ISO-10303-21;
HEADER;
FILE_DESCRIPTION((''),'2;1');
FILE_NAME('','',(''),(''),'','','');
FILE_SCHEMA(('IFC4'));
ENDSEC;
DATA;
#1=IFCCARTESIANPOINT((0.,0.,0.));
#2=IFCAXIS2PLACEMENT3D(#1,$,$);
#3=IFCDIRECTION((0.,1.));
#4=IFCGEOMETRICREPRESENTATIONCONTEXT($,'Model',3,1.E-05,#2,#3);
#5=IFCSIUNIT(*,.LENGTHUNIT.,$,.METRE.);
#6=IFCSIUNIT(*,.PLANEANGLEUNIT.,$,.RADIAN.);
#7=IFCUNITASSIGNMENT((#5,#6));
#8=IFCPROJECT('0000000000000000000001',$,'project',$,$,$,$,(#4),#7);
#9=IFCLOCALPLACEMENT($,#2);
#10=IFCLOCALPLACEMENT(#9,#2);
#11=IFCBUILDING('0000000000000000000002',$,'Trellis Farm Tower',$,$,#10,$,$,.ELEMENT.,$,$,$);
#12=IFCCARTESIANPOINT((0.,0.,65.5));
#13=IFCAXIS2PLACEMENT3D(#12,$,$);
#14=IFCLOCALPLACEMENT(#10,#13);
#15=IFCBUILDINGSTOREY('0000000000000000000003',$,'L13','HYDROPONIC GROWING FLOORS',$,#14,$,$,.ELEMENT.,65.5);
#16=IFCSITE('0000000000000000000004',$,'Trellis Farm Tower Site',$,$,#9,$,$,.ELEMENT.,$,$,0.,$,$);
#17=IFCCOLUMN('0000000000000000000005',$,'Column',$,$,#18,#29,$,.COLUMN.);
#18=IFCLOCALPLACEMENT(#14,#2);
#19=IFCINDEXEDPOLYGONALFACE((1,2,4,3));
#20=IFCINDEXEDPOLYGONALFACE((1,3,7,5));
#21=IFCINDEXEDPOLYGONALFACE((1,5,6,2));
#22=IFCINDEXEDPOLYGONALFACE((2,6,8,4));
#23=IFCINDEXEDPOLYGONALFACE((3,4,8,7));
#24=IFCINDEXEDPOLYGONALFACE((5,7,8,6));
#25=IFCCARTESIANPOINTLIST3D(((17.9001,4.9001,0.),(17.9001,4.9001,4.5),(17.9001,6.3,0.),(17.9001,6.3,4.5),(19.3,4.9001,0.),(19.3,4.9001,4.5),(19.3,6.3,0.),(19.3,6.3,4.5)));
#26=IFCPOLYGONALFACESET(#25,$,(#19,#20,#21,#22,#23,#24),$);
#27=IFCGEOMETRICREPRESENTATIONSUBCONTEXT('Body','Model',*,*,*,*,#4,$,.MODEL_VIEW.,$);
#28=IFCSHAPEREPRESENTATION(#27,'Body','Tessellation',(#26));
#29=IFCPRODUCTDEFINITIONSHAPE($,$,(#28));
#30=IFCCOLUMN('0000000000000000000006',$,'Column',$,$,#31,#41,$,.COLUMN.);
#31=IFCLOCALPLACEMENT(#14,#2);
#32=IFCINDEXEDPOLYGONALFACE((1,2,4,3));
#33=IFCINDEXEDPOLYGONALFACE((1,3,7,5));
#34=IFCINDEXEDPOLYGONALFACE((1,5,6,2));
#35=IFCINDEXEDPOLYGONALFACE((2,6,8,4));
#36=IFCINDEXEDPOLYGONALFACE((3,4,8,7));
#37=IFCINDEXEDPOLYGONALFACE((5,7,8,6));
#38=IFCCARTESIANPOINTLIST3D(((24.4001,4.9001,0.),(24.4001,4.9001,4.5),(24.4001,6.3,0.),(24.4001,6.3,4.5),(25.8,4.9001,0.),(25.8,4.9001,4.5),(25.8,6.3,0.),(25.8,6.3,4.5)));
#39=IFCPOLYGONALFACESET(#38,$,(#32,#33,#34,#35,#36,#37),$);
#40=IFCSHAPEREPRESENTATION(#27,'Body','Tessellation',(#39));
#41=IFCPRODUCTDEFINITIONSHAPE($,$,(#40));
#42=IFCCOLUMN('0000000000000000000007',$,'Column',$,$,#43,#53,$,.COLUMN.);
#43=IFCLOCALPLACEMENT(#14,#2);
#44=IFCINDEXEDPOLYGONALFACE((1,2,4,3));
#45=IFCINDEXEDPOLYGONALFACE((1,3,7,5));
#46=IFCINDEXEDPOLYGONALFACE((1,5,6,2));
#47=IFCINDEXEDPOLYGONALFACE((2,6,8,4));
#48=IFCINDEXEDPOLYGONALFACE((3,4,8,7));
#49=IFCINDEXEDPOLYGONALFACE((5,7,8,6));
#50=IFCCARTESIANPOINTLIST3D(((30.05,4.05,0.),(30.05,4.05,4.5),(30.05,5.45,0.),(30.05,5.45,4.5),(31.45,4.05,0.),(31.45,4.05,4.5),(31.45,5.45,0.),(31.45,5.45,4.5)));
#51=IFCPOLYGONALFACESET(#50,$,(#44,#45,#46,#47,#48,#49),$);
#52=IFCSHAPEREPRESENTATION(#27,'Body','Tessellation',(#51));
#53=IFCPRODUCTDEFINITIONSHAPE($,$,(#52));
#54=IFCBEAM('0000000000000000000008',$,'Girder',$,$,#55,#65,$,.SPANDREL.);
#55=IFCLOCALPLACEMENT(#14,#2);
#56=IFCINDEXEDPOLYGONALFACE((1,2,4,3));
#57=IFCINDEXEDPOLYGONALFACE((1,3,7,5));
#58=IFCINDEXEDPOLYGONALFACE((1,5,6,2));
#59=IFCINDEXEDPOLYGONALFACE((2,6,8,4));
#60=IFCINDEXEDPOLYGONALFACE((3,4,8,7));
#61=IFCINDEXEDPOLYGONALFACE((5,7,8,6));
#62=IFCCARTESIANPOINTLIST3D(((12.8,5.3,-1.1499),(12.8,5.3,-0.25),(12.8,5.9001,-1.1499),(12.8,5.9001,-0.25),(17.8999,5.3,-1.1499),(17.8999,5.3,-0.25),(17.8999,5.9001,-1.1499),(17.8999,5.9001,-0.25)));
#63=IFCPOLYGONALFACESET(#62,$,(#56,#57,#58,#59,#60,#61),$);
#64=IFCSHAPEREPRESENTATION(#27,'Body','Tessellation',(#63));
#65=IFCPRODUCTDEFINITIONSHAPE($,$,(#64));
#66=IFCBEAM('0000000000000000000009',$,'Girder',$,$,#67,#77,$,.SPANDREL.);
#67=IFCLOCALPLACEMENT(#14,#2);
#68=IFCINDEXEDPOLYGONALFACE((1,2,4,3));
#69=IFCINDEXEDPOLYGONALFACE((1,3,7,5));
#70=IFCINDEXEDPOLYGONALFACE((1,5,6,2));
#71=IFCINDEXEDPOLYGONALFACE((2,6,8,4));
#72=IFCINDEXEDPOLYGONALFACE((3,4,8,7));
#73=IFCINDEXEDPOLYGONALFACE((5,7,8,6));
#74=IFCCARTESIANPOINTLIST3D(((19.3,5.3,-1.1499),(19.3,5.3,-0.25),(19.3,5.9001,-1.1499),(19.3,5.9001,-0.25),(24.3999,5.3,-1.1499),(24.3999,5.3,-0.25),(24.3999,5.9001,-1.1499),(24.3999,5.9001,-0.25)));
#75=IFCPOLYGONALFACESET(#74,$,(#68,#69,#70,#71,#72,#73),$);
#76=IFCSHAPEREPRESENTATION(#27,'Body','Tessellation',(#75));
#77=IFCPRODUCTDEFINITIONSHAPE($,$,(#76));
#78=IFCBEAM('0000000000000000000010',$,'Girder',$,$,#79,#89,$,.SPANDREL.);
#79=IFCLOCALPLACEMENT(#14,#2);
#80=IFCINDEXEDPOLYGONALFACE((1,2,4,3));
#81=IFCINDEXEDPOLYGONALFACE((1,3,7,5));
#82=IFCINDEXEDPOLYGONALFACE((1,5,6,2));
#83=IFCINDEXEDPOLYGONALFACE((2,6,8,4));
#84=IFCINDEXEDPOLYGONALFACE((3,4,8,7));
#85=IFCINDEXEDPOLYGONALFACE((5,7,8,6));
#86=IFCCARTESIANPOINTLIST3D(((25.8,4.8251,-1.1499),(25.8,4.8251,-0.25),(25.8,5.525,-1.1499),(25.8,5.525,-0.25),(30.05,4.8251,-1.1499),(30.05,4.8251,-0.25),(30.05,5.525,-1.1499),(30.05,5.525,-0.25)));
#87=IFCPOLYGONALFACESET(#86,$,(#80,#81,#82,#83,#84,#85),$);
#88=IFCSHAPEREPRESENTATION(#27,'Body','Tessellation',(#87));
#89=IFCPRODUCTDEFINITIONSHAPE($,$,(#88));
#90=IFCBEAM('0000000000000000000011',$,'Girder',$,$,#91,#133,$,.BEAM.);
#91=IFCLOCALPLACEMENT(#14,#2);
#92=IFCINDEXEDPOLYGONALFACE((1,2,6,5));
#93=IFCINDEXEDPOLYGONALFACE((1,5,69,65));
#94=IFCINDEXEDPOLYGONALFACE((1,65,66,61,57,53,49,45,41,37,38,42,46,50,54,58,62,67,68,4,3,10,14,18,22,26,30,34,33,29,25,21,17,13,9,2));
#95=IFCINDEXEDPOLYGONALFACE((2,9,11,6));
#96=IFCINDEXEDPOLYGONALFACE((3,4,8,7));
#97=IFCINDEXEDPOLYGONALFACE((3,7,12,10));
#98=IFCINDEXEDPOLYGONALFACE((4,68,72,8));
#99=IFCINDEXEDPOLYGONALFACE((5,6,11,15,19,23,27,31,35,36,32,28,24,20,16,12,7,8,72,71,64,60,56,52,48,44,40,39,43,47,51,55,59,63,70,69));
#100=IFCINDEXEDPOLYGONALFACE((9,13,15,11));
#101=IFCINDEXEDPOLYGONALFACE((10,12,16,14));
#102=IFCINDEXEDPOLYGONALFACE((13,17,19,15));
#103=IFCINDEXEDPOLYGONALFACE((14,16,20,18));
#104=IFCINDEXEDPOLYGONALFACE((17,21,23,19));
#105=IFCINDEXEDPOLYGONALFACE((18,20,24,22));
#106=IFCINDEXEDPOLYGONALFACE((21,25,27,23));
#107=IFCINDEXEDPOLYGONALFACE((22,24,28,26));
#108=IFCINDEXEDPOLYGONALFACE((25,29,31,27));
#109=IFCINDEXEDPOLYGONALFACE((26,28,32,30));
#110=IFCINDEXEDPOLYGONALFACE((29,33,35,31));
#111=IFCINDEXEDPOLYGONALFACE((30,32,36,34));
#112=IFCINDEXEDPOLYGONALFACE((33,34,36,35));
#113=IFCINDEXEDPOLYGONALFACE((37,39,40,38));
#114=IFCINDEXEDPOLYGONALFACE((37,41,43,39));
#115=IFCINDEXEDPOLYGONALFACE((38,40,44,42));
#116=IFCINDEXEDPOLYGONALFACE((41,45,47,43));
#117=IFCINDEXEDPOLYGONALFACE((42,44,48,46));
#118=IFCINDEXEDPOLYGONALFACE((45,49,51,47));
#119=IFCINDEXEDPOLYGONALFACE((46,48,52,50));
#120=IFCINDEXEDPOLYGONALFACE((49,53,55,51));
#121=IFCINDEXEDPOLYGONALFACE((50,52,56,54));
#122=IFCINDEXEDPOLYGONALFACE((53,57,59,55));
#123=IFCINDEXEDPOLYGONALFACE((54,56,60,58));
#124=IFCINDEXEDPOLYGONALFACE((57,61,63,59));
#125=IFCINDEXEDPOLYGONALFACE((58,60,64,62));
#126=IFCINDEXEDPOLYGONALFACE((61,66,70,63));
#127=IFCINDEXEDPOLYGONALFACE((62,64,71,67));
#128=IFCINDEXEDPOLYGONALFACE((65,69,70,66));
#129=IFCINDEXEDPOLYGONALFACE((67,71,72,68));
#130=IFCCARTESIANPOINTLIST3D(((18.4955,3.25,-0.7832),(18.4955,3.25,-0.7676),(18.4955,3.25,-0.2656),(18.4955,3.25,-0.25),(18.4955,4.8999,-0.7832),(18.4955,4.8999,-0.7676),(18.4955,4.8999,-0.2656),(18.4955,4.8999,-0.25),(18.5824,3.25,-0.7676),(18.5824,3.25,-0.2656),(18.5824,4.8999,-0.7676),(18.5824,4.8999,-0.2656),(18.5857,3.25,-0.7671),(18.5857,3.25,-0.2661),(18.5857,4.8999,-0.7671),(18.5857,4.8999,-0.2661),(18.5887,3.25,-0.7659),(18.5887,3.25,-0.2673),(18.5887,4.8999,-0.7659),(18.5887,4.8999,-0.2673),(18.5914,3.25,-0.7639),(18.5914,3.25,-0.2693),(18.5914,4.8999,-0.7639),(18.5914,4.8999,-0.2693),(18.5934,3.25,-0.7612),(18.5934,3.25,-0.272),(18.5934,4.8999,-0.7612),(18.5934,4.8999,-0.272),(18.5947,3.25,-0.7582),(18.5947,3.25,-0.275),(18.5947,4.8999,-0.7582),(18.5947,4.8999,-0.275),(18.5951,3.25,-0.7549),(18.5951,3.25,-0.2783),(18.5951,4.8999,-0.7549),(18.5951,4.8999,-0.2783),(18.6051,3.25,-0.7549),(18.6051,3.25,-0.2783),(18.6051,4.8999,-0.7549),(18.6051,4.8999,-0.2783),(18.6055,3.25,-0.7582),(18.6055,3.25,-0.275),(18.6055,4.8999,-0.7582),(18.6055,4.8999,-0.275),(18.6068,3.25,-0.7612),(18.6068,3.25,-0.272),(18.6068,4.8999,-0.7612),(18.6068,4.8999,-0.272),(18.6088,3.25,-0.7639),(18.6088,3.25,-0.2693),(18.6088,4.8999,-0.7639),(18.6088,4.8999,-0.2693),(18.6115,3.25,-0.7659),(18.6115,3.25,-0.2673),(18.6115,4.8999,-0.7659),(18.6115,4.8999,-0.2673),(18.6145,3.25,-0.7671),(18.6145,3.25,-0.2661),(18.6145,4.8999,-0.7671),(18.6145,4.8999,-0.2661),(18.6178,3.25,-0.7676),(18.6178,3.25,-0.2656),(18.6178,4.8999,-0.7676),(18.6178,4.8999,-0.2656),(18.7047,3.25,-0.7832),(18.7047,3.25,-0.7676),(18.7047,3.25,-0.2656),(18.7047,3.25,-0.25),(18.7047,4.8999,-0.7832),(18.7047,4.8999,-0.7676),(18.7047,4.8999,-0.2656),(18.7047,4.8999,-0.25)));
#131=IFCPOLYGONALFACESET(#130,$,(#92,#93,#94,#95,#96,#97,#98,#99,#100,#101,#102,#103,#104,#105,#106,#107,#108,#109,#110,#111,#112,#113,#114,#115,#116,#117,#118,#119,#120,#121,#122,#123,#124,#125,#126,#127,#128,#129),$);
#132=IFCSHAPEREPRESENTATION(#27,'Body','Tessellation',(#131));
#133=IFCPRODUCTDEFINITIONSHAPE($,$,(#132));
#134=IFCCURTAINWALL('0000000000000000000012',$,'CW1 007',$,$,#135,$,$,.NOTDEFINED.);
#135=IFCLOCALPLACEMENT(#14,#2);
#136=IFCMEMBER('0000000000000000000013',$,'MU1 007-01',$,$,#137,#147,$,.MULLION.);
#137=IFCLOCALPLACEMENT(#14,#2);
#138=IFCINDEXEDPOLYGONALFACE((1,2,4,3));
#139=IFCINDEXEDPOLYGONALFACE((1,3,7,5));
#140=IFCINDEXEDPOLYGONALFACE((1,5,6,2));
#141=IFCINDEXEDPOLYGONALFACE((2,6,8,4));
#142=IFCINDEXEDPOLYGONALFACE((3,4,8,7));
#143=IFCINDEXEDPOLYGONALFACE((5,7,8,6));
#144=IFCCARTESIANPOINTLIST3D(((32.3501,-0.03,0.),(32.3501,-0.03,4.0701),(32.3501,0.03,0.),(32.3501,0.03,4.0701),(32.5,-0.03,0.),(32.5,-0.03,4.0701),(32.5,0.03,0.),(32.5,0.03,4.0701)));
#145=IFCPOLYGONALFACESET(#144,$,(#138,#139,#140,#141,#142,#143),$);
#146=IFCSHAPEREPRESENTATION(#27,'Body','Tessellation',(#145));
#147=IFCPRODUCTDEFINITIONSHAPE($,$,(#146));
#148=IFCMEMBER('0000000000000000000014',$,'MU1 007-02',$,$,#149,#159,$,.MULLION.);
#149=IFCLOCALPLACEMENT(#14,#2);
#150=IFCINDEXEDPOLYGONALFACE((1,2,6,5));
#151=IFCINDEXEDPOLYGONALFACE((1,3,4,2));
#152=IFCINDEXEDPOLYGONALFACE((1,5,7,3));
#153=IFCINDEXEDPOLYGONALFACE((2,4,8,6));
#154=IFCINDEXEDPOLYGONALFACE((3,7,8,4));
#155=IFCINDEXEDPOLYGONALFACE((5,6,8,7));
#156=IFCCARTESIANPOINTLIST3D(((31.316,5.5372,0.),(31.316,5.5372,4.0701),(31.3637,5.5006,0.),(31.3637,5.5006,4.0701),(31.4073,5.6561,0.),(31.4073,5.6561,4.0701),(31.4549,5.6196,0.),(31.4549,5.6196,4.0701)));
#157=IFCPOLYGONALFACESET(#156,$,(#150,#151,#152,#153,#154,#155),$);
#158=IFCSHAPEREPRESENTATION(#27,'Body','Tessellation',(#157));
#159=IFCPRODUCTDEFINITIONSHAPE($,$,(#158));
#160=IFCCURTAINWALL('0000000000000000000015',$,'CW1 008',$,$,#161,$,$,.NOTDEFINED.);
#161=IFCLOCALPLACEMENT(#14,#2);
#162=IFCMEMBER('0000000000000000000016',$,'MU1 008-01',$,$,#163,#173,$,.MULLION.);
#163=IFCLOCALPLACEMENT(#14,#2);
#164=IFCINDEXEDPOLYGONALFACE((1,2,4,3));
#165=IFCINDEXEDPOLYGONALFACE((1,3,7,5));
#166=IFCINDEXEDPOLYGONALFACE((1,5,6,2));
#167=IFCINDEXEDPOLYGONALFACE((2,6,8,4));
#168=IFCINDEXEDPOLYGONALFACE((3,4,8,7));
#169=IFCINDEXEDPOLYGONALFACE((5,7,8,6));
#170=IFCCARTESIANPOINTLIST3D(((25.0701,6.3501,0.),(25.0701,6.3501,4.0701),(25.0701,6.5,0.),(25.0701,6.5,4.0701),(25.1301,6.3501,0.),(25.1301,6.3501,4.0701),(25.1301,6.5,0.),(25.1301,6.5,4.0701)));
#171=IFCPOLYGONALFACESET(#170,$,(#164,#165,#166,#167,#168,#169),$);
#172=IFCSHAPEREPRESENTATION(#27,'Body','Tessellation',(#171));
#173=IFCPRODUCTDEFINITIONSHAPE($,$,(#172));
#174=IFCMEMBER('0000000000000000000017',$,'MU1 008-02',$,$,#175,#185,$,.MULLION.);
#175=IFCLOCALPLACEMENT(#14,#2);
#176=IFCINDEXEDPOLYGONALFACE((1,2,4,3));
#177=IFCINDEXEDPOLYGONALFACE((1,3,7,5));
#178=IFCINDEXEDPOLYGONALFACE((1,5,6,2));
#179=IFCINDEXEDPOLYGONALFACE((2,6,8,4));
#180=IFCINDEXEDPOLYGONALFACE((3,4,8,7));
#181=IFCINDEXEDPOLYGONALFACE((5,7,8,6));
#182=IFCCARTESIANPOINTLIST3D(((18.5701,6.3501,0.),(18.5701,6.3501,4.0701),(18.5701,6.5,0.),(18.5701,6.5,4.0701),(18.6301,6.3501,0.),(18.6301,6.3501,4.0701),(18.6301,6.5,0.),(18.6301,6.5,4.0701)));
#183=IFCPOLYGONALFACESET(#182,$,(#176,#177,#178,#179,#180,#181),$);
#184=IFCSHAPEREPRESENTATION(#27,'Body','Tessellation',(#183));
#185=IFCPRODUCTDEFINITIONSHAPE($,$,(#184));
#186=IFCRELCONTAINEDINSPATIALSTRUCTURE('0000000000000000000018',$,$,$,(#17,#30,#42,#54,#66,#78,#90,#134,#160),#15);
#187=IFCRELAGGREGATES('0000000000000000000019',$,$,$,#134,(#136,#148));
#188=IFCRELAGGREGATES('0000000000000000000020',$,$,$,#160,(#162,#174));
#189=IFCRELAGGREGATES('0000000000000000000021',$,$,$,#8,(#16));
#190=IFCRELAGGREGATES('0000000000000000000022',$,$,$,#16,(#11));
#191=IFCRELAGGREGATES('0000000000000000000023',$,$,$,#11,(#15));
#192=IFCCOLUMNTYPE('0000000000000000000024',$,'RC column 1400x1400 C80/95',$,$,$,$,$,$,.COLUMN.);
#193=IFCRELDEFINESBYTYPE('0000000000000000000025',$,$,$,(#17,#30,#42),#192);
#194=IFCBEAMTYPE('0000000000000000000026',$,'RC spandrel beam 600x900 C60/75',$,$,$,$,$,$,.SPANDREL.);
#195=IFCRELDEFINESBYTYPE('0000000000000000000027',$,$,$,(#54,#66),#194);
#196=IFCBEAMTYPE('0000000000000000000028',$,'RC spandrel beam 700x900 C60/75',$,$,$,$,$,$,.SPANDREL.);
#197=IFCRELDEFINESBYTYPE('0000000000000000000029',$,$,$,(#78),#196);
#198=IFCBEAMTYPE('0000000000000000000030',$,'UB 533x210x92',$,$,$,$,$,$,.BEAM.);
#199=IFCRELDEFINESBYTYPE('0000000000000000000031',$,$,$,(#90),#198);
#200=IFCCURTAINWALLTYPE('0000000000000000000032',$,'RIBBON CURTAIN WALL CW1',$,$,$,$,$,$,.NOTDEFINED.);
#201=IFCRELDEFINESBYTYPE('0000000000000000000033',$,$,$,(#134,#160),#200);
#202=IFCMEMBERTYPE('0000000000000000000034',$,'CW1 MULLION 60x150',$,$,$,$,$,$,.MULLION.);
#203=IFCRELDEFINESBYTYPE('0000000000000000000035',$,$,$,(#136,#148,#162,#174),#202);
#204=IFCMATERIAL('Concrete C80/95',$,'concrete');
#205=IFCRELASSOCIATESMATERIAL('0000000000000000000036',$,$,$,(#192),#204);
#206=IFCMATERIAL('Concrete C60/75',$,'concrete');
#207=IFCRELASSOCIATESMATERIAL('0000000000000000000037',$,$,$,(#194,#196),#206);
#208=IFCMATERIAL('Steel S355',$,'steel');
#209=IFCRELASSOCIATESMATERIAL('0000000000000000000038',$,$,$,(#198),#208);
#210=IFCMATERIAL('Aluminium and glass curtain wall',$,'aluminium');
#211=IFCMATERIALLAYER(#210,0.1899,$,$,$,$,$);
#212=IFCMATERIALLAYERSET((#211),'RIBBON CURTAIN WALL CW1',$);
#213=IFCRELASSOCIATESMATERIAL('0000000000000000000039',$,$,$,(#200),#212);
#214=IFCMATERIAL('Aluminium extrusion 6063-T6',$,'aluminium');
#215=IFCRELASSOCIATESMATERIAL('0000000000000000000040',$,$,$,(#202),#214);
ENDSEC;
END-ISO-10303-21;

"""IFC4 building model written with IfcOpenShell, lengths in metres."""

from ifc_helpers import new_model, si_unit, direction, frame, origin, origin_2d, place, context, subcontext, project, spatial, rectangle, i_section, extrude, source, transform, mapped, material, layer, layer_set, material_profile, profile_set, type_object, element, aggregate, save


model = new_model("IFC4")

# Units and contexts
model_context = context("Model", 3, precision=1e-05, world=origin(), true_north=direction((0.0, 1.0)))
body_context = subcontext(model_context, "Body", "Model", "MODEL_VIEW")
ifc_project = project(units=[si_unit("LENGTHUNIT", "METRE"), si_unit("PLANEANGLEUNIT", "RADIAN")], contexts=[model_context])

# Site, building, storey
site_placement = place(None, origin())
site = spatial("IfcSite", under=ifc_project, at=site_placement, Name="Trellis Farm Tower Site", CompositionType="ELEMENT", RefElevation=0.0)
building_placement = place(site_placement, origin())
building = spatial("IfcBuilding", under=site, at=building_placement, Name="Trellis Farm Tower", CompositionType="ELEMENT")
storey_placement = place(building_placement, frame((0.0, 0.0, 65.5)))
storey = spatial("IfcBuildingStorey", under=building, at=storey_placement, Name="L13", Description="HYDROPONIC GROWING FLOORS", CompositionType="ELEMENT", Elevation=65.5)

# Columns
ifc_material_1 = material(Name="Concrete C80/95", Category="concrete")
ifc_material_profile_1 = material_profile(ifc_material_1, rectangle(XDim=1.3999, YDim=1.3999, at=origin_2d()), Name="RC column 1400x1400 C80/95")
ifc_profile_set_1 = profile_set([ifc_material_profile_1], Name="Concrete C80/95")
column_type = type_object("IfcColumnType", Name="RC column 1400x1400 C80/95", PredefinedType="COLUMN", material=ifc_profile_set_1)
shared_shape_1 = source(origin(), body_context, "Body", "SweptSolid", [
    extrude(rectangle(XDim=1.3999, YDim=1.3999, at=origin_2d()), origin(), (0.0, 0.0, 1.0), 4.5),
])
for number, where, z_axis, x_axis, name in (
    (1, (18.6001, 5.6001, 0.0), (0.0, 0.0, 1.0), (1.0, 0.0, 0.0), "Column"),
    (2, (25.1001, 5.6001, 0.0), (0.0, 0.0, 1.0), (1.0, 0.0, 0.0), "Column"),
    (3, (30.75, 4.75, 0.0), (0.0, 0.0, 1.0), (1.0, 0.0, 0.0), "Column"),
):
    element("IfcColumn", number, at=place(storey_placement, frame(where, z_axis=z_axis, x_axis=x_axis)), inside=storey, type_object=column_type, Name=name, PredefinedType="COLUMN", context=body_context, shape_type="MappedRepresentation", body=[
        mapped(shared_shape_1, transform((0.0, 0.0, 0.0))),
    ])

# Beams
ifc_material_2 = material(Name="Concrete C60/75", Category="concrete")
ifc_material_profile_2 = material_profile(ifc_material_2, rectangle(XDim=0.6001, YDim=0.8999, at=origin_2d()), Name="RC spandrel beam 600x900 C60/75")
ifc_profile_set_2 = profile_set([ifc_material_profile_2], Name="Concrete C60/75")
beam_type_1 = type_object("IfcBeamType", Name="RC spandrel beam 600x900 C60/75", PredefinedType="SPANDREL", material=ifc_profile_set_2)
shared_shape_2 = source(origin(), body_context, "Body", "SweptSolid", [
    extrude(rectangle(XDim=0.6001, YDim=0.8999, at=origin_2d()), origin(), (0.0, 0.0, 1.0), 5.0999),
])
for number, where, z_axis, x_axis, name in (
    (4, (12.8, 5.6001, -0.7), (1.0, 0.0, 0.0), (0.0, 1.0, 0.0), "Girder"),
    (5, (19.3, 5.6001, -0.7), (1.0, 0.0, 0.0), (0.0, 1.0, 0.0), "Girder"),
):
    element("IfcBeam", number, at=place(storey_placement, frame(where, z_axis=z_axis, x_axis=x_axis)), inside=storey, type_object=beam_type_1, Name=name, PredefinedType="SPANDREL", context=body_context, shape_type="MappedRepresentation", body=[
        mapped(shared_shape_2, transform((0.0, 0.0, 0.0))),
    ])
ifc_material_profile_3 = material_profile(ifc_material_2, rectangle(XDim=0.7, YDim=0.8999, at=origin_2d()), Name="RC spandrel beam 700x900 C60/75")
ifc_profile_set_3 = profile_set([ifc_material_profile_3], Name="Concrete C60/75")
beam_type_2 = type_object("IfcBeamType", Name="RC spandrel beam 700x900 C60/75", PredefinedType="SPANDREL", material=ifc_profile_set_3)
shared_shape_3 = source(origin(), body_context, "Body", "SweptSolid", [
    extrude(rectangle(XDim=0.7, YDim=0.8999, at=origin_2d()), origin(), (0.0, 0.0, 1.0), 4.25),
])
beam_1_placement = place(storey_placement, frame((25.8, 5.175, -0.7), z_axis=(1.0, 0.0, 0.0), x_axis=(0.0, 1.0, 0.0)))
element("IfcBeam", 6, at=beam_1_placement, inside=storey, type_object=beam_type_2, Name="Girder", PredefinedType="SPANDREL", context=body_context, shape_type="MappedRepresentation", body=[
    mapped(shared_shape_3, transform((0.0, 0.0, 0.0))),
])
ifc_material_3 = material(Name="Steel S355", Category="steel")
ifc_material_profile_4 = material_profile(ifc_material_3, i_section(OverallWidth=0.2092, OverallDepth=0.5332, WebThickness=0.01, FlangeThickness=0.0156, FilletRadius=0.0127, at=origin_2d()), Name="UB 533x210x92")
ifc_profile_set_4 = profile_set([ifc_material_profile_4], Name="Steel S355")
beam_type_3 = type_object("IfcBeamType", Name="UB 533x210x92", PredefinedType="BEAM", material=ifc_profile_set_4)
shared_shape_4 = source(origin(), body_context, "Body", "SweptSolid", [
    extrude(i_section(OverallWidth=0.2092, OverallDepth=0.5332, WebThickness=0.01, FlangeThickness=0.0156, FilletRadius=0.0127, at=origin_2d()), origin(), (0.0, 0.0, 1.0), 1.6499),
])
beam_2_placement = place(storey_placement, frame((18.6001, 3.25, -0.5166), z_axis=(0.0, 1.0, 0.0), x_axis=(-1.0, 0.0, 0.0)))
element("IfcBeam", 7, at=beam_2_placement, inside=storey, type_object=beam_type_3, Name="Girder", PredefinedType="BEAM", context=body_context, shape_type="MappedRepresentation", body=[
    mapped(shared_shape_4, transform((0.0, 0.0, 0.0))),
])

# Curtain walls, members
ifc_material_4 = material(Name="Aluminium and glass curtain wall", Category="aluminium")
ifc_layer_1 = layer(ifc_material_4, 0.1899)
ifc_layer_set_1 = layer_set([ifc_layer_1], Name="RIBBON CURTAIN WALL CW1")
curtain_wall_type = type_object("IfcCurtainWallType", Name="RIBBON CURTAIN WALL CW1", PredefinedType="NOTDEFINED", material=ifc_layer_set_1)
placement = place(storey_placement, origin())
curtain_wall_1 = element("IfcCurtainWall", 8, at=placement, inside=storey, type_object=curtain_wall_type, Name="CW1 007", PredefinedType="NOTDEFINED")
ifc_material_5 = material(Name="Aluminium extrusion 6063-T6", Category="aluminium")
ifc_material_profile_5 = material_profile(ifc_material_5, rectangle(XDim=0.0601, YDim=0.1499, at=origin_2d()), Name="MULLION 60x150")
ifc_profile_set_5 = profile_set([ifc_material_profile_5], Name="Aluminium extrusion 6063-T6")
member_type = type_object("IfcMemberType", Name="CW1 MULLION 60x150", PredefinedType="MULLION", material=ifc_profile_set_5)
shared_shape_5 = source(origin(), body_context, "Body", "SweptSolid", [
    extrude(rectangle(XDim=0.0601, YDim=0.1499, at=origin_2d()), origin(), (0.0, 0.0, 1.0), 4.0701),
])
member_1_placement = place(storey_placement, frame((32.425, 0.0, 0.0), z_axis=(0.0, 0.0, 1.0), x_axis=(0.0, 1.0, 0.0)))
member_1 = element("IfcMember", 9, at=member_1_placement, type_object=member_type, Name="MU1 007-01", PredefinedType="MULLION", context=body_context, shape_type="MappedRepresentation", body=[
    mapped(shared_shape_5, transform((0.0, 0.0, 0.0))),
])
member_2_placement = place(storey_placement, frame((31.3855, 5.5784, 0.0), z_axis=(0.0, 0.0, 1.0), x_axis=(-0.793353, 0.608761, 0.0)))
member_2 = element("IfcMember", 10, at=member_2_placement, type_object=member_type, Name="MU1 007-02", PredefinedType="MULLION", context=body_context, shape_type="MappedRepresentation", body=[
    mapped(shared_shape_5, transform((0.0, 0.0, 0.0))),
])
aggregate(curtain_wall_1, [member_1, member_2])
curtain_wall_2 = element("IfcCurtainWall", 11, at=placement, inside=storey, type_object=curtain_wall_type, Name="CW1 008", PredefinedType="NOTDEFINED")
member_3_placement = place(storey_placement, frame((25.1001, 6.425, 0.0), z_axis=(0.0, 0.0, 1.0), x_axis=(-1.0, 0.0, 0.0)))
member_3 = element("IfcMember", 12, at=member_3_placement, type_object=member_type, Name="MU1 008-01", PredefinedType="MULLION", context=body_context, shape_type="MappedRepresentation", body=[
    mapped(shared_shape_5, transform((0.0, 0.0, 0.0))),
])
member_4_placement = place(storey_placement, frame((18.6001, 6.425, 0.0), z_axis=(0.0, 0.0, 1.0), x_axis=(-1.0, 0.0, 0.0)))
member_4 = element("IfcMember", 13, at=member_4_placement, type_object=member_type, Name="MU1 008-02", PredefinedType="MULLION", context=body_context, shape_type="MappedRepresentation", body=[
    mapped(shared_shape_5, transform((0.0, 0.0, 0.0))),
])
aggregate(curtain_wall_2, [member_3, member_4])

save(model, "model.ifc")
